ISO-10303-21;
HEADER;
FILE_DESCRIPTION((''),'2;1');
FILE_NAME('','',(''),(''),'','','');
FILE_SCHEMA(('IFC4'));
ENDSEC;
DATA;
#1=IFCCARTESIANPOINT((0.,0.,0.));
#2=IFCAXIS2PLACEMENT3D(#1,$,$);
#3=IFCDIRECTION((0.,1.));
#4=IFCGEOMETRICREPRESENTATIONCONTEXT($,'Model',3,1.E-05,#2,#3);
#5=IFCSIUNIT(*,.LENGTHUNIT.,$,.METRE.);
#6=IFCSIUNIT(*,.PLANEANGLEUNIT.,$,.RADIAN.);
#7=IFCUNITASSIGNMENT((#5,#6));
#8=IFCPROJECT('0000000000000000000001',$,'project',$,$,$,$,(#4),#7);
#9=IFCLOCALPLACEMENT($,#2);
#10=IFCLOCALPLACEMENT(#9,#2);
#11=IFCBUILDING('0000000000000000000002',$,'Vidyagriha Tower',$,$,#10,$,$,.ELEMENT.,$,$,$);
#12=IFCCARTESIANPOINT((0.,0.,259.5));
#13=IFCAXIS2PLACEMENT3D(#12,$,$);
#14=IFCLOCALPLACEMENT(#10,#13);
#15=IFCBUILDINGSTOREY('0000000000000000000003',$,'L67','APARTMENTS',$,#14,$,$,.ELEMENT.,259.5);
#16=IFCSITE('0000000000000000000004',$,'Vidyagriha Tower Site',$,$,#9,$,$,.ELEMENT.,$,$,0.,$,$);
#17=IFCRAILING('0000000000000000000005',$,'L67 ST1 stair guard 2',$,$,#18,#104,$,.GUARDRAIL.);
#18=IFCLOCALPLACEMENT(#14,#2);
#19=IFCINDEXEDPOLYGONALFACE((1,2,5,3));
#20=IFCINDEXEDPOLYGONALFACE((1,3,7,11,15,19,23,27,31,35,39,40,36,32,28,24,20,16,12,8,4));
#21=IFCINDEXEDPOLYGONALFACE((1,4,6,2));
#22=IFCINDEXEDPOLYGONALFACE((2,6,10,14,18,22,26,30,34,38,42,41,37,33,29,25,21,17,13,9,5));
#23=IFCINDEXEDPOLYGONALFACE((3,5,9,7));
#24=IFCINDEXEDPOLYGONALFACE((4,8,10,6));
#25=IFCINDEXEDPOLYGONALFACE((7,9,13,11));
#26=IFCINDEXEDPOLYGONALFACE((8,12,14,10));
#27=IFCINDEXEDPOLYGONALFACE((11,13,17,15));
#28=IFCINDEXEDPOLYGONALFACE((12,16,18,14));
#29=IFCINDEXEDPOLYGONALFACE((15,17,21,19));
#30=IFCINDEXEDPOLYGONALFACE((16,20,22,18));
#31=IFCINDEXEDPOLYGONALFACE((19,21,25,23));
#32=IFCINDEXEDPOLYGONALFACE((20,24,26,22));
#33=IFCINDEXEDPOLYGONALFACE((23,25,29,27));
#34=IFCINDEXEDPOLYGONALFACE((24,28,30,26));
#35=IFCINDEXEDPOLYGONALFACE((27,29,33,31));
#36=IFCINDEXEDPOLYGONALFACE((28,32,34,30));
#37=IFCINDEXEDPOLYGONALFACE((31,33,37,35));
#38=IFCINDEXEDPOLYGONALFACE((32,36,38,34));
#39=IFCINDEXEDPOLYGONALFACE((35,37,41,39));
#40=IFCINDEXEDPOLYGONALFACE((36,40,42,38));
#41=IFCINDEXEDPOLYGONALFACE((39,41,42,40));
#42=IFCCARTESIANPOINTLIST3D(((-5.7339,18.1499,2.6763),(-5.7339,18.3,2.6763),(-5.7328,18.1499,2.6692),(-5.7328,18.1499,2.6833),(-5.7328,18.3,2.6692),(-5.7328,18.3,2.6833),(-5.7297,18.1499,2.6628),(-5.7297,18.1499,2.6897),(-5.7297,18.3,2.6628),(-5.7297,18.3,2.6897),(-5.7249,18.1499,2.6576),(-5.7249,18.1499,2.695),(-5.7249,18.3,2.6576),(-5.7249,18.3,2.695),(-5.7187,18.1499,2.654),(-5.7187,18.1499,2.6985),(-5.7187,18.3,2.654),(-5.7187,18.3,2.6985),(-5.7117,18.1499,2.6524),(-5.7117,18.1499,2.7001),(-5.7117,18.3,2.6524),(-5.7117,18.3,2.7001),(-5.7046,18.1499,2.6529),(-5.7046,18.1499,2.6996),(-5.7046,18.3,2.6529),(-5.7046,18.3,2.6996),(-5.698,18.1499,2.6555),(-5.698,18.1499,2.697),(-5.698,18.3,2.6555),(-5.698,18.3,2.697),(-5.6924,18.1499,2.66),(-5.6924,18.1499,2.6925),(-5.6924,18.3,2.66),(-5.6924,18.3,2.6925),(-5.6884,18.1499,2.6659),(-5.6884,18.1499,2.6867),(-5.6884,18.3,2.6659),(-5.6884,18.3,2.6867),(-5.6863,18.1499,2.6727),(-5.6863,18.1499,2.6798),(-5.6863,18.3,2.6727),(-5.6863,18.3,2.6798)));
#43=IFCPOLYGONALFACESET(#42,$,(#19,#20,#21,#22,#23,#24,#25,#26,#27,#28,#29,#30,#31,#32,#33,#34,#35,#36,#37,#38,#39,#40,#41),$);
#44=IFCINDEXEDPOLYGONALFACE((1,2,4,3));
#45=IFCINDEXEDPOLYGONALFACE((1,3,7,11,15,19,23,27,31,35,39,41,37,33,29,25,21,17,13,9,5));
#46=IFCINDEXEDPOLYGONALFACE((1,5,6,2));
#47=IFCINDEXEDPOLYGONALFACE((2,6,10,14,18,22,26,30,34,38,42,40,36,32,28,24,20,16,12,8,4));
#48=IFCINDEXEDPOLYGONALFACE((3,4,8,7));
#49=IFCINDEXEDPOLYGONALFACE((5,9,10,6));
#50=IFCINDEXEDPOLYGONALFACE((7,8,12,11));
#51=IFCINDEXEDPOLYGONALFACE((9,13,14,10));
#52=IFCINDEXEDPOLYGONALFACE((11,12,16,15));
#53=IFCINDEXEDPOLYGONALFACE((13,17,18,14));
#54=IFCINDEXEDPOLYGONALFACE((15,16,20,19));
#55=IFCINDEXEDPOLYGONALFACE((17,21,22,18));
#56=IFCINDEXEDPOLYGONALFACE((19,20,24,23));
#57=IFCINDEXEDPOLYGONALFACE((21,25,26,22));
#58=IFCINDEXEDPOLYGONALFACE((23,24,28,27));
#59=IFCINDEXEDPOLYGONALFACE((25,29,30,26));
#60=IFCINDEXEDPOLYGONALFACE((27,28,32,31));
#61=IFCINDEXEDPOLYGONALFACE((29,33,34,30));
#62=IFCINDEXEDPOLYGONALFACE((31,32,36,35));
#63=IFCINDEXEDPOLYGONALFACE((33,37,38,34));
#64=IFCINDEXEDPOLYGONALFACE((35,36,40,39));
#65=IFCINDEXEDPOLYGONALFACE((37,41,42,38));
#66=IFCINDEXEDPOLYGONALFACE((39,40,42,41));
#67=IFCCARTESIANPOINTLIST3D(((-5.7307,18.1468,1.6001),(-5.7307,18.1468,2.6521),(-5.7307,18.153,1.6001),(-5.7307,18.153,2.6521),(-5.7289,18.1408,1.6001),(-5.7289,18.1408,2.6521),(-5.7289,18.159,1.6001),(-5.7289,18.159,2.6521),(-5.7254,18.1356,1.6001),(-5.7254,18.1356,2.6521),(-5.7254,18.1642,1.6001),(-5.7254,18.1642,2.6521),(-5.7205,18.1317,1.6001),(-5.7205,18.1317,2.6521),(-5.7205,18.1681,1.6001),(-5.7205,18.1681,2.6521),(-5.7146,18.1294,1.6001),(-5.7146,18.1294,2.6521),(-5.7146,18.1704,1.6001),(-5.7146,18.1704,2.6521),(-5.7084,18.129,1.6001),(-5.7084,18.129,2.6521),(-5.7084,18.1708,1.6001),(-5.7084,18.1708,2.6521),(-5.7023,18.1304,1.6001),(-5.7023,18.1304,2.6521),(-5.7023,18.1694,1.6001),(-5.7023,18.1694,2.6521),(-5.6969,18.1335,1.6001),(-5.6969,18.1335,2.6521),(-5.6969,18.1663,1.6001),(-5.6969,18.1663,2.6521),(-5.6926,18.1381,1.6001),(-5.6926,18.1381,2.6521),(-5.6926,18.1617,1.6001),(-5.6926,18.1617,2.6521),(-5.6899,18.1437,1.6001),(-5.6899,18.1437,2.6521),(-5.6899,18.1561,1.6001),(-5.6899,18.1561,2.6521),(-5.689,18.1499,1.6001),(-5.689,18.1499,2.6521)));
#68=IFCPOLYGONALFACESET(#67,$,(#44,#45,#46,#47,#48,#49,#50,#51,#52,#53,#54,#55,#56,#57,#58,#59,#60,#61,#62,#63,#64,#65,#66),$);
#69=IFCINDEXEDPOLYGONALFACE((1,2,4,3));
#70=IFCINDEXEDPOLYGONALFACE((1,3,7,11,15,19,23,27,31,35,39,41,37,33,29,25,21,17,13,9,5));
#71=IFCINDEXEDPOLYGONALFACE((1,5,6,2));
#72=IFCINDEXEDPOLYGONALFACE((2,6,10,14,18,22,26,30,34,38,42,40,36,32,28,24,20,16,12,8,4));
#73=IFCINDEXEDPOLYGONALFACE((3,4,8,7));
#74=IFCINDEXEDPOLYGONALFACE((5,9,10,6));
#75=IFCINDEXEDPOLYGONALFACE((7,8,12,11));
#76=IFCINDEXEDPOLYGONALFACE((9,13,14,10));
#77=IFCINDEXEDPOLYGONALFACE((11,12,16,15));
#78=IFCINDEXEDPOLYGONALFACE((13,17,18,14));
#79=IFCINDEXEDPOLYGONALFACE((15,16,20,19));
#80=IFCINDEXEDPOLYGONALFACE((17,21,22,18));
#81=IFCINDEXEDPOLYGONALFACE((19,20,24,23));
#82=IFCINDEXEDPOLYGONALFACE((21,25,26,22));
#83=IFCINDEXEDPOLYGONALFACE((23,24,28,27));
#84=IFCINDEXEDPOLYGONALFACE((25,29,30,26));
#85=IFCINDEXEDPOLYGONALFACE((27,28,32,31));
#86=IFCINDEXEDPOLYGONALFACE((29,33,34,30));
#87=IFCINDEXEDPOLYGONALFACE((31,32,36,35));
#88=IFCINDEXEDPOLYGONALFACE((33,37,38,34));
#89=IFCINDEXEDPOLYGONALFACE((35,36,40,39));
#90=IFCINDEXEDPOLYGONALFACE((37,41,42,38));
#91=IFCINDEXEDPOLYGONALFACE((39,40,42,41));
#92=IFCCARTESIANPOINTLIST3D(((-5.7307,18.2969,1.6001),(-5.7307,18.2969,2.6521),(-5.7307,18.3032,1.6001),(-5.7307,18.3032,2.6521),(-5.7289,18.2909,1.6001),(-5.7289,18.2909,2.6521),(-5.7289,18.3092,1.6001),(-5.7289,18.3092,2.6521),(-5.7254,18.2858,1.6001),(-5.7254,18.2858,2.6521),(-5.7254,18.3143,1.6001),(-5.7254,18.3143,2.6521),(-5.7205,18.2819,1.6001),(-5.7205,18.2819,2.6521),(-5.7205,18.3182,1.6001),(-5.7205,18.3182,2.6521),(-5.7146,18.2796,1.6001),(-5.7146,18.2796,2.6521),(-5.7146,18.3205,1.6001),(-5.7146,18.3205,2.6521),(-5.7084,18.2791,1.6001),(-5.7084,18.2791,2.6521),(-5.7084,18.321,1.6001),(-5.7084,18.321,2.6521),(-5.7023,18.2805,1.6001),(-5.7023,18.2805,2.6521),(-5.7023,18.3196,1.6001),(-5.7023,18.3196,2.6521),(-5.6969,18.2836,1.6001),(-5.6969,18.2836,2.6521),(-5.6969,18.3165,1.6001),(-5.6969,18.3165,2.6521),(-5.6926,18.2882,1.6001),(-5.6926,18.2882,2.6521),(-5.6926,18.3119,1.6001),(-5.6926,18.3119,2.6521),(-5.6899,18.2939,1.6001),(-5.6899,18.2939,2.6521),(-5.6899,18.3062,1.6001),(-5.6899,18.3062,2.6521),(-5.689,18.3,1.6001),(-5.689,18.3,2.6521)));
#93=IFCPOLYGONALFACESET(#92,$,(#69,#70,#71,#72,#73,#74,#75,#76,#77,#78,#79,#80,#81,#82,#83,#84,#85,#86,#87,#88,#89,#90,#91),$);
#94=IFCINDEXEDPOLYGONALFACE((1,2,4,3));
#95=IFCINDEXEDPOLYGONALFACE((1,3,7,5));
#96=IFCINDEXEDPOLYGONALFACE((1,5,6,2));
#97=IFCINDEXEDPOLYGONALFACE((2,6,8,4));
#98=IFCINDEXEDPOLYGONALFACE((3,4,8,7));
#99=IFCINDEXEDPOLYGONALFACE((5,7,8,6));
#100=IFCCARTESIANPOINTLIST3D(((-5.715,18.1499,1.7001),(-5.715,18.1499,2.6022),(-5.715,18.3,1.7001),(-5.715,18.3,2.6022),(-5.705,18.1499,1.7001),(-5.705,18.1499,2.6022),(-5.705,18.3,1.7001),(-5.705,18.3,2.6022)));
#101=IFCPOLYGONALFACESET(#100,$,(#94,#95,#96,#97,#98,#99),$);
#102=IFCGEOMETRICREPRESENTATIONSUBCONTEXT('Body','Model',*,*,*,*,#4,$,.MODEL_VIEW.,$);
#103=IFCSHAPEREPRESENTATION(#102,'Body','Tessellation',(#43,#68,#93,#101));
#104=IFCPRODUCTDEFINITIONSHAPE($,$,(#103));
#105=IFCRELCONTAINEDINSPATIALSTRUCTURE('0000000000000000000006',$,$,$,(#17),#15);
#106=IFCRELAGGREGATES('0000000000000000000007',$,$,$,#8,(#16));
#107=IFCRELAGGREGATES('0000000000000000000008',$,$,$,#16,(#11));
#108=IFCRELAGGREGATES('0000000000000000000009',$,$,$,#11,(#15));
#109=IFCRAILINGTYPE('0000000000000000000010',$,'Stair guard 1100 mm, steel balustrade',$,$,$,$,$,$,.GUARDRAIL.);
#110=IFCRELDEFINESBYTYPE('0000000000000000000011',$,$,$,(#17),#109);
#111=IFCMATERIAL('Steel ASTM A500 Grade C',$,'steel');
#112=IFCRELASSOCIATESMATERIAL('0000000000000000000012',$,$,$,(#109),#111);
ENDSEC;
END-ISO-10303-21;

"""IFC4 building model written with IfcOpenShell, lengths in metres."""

from ifc_helpers import new_model, si_unit, direction, frame, origin, origin_2d, place, context, subcontext, project, spatial, rectangle, circle, extrude, material, type_object, element, save


model = new_model("IFC4")

# Units and contexts
model_context = context("Model", 3, precision=1e-05, world=origin(), true_north=direction((0.0, 1.0)))
body_context = subcontext(model_context, "Body", "Model", "MODEL_VIEW")
ifc_project = project(units=[si_unit("LENGTHUNIT", "METRE"), si_unit("PLANEANGLEUNIT", "RADIAN")], contexts=[model_context])

# Site, building, storey
site_placement = place(None, origin())
site = spatial("IfcSite", under=ifc_project, at=site_placement, Name="Vidyagriha Tower Site", CompositionType="ELEMENT", RefElevation=0.0)
building_placement = place(site_placement, origin())
building = spatial("IfcBuilding", under=site, at=building_placement, Name="Vidyagriha Tower", CompositionType="ELEMENT")
storey_placement = place(building_placement, frame((0.0, 0.0, 259.5)))
storey = spatial("IfcBuildingStorey", under=building, at=storey_placement, Name="L67", Description="APARTMENTS", CompositionType="ELEMENT", Elevation=259.5)

# Railing
ifc_material_1 = material(Name="Steel ASTM A500 Grade C", Category="steel")
railing_type_1 = type_object("IfcRailingType", Name="Stair guard 1100 mm, steel balustrade", PredefinedType="GUARDRAIL", material=ifc_material_1)
railing_1_placement = place(storey_placement, frame((-5.71, 18.1499, 1.6001)))
element("IfcRailing", 1, at=railing_1_placement, inside=storey, type_object=railing_type_1, Name="L67 ST1 stair guard 2", PredefinedType="GUARDRAIL", context=body_context, shape_type="SweptSolid", body=[
    extrude(circle(Radius=0.0239, at=origin_2d()), frame((0.0, 0.0, 1.0762), z_axis=(0.0, 1.0, 0.0), x_axis=(-1.0, 0.0, 0.0)), (0.0, 0.0, 1.0), 0.1501),
    extrude(circle(Radius=0.021, at=origin_2d()), origin(), (0.0, 0.0, 1.0), 1.052),
    extrude(circle(Radius=0.021, at=origin_2d()), frame((0.0, 0.1501, 0.0)), (0.0, 0.0, 1.0), 1.052),
    extrude(rectangle(XDim=0.01, YDim=0.9021, at=origin_2d()), frame((0.0, 0.0, 0.551), z_axis=(0.0, 1.0, 0.0), x_axis=(-1.0, 0.0, 0.0)), (0.0, 0.0, 1.0), 0.1501),
])

save(model, "model.ifc")
